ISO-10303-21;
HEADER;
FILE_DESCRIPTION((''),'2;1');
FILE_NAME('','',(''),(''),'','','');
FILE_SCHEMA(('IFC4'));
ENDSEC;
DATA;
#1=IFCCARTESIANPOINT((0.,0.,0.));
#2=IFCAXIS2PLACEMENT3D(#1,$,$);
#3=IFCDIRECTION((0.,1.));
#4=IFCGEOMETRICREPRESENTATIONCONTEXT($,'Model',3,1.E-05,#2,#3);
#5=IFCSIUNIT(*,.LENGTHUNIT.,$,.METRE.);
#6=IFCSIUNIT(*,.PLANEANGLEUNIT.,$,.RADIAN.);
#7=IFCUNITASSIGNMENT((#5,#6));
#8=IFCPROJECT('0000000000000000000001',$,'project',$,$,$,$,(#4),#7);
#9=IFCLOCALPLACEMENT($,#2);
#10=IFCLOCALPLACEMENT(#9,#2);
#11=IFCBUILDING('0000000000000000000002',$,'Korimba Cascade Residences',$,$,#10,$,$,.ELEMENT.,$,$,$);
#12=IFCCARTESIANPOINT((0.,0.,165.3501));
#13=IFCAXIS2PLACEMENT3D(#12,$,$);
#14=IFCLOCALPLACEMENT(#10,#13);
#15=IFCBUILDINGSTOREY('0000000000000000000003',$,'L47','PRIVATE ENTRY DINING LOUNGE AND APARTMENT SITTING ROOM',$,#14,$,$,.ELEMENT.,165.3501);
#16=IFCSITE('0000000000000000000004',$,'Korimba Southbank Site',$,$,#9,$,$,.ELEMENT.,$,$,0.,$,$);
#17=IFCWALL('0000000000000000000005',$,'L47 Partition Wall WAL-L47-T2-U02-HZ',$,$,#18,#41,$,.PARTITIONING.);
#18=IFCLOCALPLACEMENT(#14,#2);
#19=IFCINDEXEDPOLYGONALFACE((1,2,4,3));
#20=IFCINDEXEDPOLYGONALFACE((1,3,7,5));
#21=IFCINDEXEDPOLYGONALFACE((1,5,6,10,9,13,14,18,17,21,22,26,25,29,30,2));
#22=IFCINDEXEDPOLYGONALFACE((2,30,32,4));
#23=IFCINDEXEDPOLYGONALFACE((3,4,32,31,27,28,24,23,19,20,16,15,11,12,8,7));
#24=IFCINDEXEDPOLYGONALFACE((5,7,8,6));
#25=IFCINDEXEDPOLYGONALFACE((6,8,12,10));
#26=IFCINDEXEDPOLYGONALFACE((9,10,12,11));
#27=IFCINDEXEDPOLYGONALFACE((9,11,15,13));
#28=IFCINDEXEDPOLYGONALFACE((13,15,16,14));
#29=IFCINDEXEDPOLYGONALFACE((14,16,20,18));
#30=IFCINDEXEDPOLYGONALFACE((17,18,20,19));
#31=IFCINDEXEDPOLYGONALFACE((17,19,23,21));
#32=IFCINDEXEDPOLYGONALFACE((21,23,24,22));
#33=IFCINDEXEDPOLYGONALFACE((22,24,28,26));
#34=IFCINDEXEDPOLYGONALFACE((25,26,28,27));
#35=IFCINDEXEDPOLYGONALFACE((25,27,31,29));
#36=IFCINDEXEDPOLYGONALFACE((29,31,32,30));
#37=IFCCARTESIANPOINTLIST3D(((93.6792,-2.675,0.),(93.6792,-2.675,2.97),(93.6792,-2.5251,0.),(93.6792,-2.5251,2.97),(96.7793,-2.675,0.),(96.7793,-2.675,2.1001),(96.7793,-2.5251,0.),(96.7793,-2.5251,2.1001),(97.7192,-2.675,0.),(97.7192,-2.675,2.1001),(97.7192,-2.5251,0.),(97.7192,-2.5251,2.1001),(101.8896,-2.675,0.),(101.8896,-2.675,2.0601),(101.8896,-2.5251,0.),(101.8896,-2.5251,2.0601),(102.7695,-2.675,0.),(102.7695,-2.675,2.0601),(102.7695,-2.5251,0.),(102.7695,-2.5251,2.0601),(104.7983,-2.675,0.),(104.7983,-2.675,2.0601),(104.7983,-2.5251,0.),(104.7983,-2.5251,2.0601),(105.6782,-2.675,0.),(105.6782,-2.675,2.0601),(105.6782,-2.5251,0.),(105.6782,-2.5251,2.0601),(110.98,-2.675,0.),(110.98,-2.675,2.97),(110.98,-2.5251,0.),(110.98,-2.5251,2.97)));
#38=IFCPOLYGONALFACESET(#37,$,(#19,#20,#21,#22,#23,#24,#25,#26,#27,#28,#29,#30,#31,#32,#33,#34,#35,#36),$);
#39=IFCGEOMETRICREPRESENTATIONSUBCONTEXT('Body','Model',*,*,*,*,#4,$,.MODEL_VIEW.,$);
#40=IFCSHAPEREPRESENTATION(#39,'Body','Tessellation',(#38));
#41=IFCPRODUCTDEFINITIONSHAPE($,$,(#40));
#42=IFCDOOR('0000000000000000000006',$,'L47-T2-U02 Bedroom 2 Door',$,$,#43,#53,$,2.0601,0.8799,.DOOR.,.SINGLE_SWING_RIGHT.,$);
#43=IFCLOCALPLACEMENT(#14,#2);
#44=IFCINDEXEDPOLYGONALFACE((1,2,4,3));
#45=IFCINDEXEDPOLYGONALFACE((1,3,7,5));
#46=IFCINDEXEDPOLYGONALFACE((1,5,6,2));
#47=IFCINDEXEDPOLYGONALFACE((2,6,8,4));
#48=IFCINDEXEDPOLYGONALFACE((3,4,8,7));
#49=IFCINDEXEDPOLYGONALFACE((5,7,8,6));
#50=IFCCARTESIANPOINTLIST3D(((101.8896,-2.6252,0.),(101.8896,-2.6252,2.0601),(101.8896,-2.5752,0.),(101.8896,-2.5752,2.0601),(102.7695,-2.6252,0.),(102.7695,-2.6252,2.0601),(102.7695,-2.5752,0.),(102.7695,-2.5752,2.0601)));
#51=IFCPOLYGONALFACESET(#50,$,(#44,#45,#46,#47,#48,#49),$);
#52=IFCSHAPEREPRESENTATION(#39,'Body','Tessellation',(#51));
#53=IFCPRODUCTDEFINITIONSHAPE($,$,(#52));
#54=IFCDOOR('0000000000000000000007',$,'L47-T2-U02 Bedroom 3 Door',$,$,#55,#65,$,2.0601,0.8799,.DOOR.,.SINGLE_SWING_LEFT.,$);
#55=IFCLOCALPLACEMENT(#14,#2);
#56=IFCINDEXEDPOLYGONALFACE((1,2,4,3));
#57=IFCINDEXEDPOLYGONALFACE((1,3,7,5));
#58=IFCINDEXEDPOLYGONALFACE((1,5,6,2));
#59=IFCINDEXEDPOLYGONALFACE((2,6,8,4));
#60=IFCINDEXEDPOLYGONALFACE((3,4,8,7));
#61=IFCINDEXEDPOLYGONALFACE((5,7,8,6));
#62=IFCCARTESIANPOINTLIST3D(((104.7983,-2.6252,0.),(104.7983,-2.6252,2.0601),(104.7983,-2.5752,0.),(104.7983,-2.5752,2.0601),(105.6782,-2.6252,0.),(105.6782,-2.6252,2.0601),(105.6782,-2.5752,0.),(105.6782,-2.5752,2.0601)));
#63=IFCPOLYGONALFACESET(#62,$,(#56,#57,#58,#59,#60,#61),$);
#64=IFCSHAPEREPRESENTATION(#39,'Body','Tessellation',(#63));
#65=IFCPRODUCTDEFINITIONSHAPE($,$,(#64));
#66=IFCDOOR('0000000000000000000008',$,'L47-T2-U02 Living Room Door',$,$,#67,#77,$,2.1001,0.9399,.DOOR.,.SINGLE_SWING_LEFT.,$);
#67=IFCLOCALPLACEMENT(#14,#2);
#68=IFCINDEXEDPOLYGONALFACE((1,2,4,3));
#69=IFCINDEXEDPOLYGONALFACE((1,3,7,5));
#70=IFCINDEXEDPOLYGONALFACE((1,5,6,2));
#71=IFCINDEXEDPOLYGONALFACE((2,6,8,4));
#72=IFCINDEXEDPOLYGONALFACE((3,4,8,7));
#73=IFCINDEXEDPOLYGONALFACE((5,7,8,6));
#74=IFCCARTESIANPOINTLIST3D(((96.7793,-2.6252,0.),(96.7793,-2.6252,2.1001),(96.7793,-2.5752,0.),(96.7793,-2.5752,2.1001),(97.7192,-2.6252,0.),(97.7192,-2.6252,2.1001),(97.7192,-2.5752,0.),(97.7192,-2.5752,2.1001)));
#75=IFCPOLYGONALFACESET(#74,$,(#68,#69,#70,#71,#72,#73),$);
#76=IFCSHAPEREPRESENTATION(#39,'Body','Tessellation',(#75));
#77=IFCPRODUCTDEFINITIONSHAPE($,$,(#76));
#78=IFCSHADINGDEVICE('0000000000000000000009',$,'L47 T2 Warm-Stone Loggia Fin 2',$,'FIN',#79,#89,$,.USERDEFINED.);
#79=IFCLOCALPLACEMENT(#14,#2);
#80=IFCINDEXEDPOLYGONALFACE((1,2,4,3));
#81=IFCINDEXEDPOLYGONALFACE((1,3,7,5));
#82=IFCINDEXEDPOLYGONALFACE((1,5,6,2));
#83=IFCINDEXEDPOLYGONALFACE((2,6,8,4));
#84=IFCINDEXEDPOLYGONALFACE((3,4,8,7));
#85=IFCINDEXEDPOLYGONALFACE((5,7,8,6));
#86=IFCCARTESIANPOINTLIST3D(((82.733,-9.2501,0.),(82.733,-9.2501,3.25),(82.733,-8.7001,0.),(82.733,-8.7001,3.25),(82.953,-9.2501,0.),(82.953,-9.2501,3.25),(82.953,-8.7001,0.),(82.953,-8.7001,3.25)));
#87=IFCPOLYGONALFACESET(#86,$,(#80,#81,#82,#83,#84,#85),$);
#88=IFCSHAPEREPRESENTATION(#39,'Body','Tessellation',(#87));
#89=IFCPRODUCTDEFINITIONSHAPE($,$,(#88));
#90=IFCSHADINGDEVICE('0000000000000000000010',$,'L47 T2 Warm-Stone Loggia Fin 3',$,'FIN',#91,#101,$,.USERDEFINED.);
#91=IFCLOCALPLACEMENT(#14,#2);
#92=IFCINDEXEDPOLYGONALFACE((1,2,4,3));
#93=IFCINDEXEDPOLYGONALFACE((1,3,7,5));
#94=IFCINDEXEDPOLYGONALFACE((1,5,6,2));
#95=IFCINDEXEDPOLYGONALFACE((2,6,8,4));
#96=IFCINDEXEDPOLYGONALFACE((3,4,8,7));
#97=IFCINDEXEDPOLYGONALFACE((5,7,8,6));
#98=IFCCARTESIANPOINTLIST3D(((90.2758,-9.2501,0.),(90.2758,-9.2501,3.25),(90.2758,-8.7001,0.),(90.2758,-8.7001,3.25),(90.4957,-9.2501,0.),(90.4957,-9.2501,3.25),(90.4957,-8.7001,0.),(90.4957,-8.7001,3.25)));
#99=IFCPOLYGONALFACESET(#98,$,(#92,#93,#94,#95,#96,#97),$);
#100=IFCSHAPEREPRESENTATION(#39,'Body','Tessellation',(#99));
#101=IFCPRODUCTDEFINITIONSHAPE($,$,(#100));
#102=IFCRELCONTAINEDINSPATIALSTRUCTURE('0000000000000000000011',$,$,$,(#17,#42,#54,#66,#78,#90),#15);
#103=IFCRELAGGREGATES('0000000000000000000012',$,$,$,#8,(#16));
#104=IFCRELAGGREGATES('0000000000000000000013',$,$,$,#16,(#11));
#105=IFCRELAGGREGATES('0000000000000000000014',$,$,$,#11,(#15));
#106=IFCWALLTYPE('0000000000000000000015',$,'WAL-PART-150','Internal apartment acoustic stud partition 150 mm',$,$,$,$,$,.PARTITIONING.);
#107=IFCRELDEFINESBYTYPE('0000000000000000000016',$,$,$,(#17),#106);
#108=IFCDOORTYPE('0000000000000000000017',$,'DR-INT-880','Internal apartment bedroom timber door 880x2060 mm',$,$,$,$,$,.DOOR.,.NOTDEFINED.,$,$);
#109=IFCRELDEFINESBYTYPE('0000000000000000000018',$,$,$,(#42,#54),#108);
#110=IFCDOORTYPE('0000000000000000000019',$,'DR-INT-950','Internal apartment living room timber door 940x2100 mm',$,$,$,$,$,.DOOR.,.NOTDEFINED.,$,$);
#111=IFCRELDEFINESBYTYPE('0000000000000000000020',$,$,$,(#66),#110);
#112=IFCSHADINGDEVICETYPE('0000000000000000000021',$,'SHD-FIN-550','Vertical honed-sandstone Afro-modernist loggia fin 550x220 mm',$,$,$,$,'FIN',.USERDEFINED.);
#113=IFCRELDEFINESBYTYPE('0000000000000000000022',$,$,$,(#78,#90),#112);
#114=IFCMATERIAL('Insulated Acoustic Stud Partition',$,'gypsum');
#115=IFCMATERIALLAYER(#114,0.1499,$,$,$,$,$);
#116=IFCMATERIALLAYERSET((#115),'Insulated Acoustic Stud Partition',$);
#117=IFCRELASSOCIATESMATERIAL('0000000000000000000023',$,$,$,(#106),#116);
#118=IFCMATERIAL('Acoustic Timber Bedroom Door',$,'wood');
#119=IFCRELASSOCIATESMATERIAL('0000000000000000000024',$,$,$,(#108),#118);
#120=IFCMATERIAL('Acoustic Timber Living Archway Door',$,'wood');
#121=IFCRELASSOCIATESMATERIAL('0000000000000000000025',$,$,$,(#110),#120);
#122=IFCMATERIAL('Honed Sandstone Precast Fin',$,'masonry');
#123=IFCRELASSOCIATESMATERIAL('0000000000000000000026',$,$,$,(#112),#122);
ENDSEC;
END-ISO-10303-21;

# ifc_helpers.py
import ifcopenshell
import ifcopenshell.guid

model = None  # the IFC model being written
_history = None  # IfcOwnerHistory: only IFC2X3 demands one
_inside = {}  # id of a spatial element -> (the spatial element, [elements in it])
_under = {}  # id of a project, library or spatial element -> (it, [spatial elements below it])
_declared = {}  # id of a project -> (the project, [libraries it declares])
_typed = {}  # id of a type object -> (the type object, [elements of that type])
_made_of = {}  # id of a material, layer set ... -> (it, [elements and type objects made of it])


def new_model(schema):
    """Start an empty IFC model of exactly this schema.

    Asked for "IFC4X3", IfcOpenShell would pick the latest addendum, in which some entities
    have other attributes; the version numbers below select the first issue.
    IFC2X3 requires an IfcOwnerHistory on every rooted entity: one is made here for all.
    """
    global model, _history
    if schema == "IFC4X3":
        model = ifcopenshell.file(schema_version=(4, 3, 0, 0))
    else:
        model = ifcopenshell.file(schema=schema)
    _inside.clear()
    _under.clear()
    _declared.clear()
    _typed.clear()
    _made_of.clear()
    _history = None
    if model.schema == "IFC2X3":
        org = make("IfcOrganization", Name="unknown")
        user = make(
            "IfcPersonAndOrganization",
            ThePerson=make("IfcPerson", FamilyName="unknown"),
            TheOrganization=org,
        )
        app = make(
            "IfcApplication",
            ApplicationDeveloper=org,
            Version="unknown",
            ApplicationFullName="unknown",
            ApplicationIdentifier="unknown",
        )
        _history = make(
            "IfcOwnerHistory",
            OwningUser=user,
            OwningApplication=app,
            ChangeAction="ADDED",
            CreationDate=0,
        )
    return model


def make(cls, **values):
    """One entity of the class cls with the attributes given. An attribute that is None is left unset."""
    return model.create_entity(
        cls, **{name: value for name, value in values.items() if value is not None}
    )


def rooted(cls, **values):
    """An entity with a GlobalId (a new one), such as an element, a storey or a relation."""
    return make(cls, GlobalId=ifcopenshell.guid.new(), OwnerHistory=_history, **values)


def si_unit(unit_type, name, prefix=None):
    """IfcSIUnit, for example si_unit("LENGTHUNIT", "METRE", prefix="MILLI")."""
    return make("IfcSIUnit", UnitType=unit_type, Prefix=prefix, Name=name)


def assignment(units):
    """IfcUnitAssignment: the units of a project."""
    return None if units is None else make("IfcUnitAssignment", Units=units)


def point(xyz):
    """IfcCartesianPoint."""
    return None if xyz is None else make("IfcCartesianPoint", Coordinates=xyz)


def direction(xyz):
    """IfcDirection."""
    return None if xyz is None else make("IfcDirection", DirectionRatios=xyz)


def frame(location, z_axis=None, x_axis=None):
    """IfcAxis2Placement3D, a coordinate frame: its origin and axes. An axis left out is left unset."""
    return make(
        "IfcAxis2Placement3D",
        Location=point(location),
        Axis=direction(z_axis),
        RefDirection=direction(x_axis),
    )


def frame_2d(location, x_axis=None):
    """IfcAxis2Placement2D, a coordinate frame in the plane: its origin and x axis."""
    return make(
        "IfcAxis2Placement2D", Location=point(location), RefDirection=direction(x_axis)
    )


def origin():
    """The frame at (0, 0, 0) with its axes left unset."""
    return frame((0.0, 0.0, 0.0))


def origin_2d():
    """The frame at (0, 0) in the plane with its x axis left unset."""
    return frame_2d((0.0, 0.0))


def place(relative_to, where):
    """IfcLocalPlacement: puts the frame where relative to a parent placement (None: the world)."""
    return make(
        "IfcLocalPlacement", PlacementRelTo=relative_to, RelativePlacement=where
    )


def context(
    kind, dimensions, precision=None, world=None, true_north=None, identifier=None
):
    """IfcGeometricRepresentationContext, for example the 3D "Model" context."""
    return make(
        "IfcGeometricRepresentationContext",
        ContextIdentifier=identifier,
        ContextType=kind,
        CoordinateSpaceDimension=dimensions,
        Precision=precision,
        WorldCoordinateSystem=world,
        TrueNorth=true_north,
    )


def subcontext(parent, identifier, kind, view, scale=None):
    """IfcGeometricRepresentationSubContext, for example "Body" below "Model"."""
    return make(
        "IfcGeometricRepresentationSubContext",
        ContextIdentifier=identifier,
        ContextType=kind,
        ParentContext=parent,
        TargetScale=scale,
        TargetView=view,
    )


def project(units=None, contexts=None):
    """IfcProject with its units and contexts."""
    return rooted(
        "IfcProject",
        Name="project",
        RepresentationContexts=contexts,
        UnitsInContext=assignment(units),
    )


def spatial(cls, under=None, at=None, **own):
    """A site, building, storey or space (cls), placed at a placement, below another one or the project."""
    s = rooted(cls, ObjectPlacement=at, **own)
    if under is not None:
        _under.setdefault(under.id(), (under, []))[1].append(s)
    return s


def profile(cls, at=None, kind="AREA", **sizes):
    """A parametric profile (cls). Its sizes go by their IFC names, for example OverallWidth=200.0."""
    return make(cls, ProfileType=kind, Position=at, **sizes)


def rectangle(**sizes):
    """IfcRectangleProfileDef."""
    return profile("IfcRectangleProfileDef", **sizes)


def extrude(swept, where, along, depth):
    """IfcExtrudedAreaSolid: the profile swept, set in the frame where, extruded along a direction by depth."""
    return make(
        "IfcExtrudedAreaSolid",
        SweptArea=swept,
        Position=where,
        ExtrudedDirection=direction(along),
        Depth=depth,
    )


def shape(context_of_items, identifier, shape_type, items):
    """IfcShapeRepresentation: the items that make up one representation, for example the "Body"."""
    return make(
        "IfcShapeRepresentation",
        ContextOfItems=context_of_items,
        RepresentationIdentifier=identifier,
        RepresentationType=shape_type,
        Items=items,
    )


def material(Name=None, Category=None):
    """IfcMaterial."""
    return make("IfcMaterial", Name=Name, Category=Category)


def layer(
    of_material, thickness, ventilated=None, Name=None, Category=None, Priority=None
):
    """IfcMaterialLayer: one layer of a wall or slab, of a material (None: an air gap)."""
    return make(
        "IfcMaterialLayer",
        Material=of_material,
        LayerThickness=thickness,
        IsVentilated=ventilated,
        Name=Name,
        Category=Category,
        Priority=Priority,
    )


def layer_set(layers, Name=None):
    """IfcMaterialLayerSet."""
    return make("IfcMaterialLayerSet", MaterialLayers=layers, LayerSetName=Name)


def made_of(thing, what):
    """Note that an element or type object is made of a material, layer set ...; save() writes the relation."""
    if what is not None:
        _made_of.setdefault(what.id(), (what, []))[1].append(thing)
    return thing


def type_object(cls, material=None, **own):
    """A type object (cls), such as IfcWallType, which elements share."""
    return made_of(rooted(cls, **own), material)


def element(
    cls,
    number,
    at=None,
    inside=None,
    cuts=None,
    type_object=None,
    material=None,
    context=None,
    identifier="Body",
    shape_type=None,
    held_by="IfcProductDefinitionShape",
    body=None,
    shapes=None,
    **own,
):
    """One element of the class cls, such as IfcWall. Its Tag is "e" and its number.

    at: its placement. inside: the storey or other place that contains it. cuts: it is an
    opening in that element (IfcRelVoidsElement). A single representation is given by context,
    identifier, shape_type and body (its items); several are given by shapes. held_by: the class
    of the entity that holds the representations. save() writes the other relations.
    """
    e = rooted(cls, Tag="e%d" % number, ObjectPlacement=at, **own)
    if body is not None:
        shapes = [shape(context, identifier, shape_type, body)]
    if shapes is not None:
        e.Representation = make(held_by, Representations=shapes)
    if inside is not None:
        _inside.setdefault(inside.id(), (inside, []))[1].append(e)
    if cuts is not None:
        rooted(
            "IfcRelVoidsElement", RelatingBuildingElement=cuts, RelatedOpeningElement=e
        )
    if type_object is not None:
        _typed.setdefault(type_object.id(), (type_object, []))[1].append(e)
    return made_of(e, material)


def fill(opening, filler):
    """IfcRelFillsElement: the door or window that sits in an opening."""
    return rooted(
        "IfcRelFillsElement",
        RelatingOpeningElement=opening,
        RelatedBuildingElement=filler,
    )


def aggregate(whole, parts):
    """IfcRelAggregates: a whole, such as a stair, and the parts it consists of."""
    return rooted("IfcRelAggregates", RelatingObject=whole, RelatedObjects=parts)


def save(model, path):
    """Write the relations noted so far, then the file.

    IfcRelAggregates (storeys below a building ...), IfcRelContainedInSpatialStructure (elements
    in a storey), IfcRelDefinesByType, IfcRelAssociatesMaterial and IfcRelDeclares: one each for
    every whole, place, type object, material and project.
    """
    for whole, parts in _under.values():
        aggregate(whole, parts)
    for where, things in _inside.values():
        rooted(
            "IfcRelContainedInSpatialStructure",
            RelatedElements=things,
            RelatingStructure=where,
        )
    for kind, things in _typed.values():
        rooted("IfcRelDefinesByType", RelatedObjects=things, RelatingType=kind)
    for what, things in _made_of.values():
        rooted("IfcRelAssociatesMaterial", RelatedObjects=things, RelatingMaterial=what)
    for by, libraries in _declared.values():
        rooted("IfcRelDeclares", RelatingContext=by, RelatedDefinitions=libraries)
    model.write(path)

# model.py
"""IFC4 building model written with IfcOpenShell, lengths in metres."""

from ifc_helpers import new_model, si_unit, direction, frame, frame_2d, origin, origin_2d, place, context, subcontext, project, spatial, rectangle, extrude, material, layer, layer_set, type_object, element, fill, save


model = new_model("IFC4")

# Units and contexts
model_context = context("Model", 3, precision=1e-05, world=origin(), true_north=direction((0.0, 1.0)))
body_context = subcontext(model_context, "Body", "Model", "MODEL_VIEW")
ifc_project = project(units=[si_unit("LENGTHUNIT", "METRE"), si_unit("PLANEANGLEUNIT", "RADIAN")], contexts=[model_context])

# Site, building, storey
site_placement = place(None, origin())
site = spatial("IfcSite", under=ifc_project, at=site_placement, Name="Korimba Southbank Site", CompositionType="ELEMENT", RefElevation=0.0)
building_placement = place(site_placement, origin())
building = spatial("IfcBuilding", under=site, at=building_placement, Name="Korimba Cascade Residences", CompositionType="ELEMENT")
storey_placement = place(building_placement, frame((0.0, 0.0, 165.3501)))
storey = spatial("IfcBuildingStorey", under=building, at=storey_placement, Name="L47", Description="PRIVATE ENTRY DINING LOUNGE AND APARTMENT SITTING ROOM", CompositionType="ELEMENT", Elevation=165.3501)

# Shared definitions
ifc_material_1 = material(Name="Insulated Acoustic Stud Partition", Category="gypsum")
ifc_layer_1 = layer(ifc_material_1, 0.1499)
ifc_layer_set_1 = layer_set([ifc_layer_1], Name="Insulated Acoustic Stud Partition")
wall_type_1 = type_object("IfcWallType", Name="WAL-PART-150", Description="Internal apartment acoustic stud partition 150 mm", PredefinedType="PARTITIONING", material=ifc_layer_set_1)

# Wall, openings, doors
wall_1_placement = place(storey_placement, frame((93.6792, -2.6001, 0.0), z_axis=(0.0, 0.0, 1.0), x_axis=(1.0, 0.0, 0.0)))
wall_1 = element("IfcWall", 1, at=wall_1_placement, inside=storey, type_object=wall_type_1, Name="L47 Partition Wall WAL-L47-T2-U02-HZ", PredefinedType="PARTITIONING", context=body_context, shape_type="SweptSolid", body=[
    extrude(rectangle(XDim=17.3008, YDim=0.1499, at=frame_2d((8.6504, 0.0))), origin(), (0.0, 0.0, 1.0), 2.97),
])
opening_1_placement = place(wall_1_placement, frame((3.1001, 0.0, 0.0)))
opening_1 = element("IfcOpeningElement", 2, at=opening_1_placement, cuts=wall_1, PredefinedType="OPENING", context=body_context, shape_type="SweptSolid", body=[
    extrude(rectangle(XDim=0.9399, YDim=2.1001, at=frame_2d((0.47, 1.05))), frame((0.0, 0.085, 0.0), z_axis=(0.0, -1.0, 0.0), x_axis=(1.0, 0.0, 0.0)), (0.0, 0.0, 1.0), 0.1699),
])
opening_2_placement = place(wall_1_placement, frame((8.2104, 0.0, 0.0)))
opening_2 = element("IfcOpeningElement", 3, at=opening_2_placement, cuts=wall_1, PredefinedType="OPENING", context=body_context, shape_type="SweptSolid", body=[
    extrude(rectangle(XDim=0.8799, YDim=2.0601, at=frame_2d((0.4399, 1.03))), frame((0.0, 0.085, 0.0), z_axis=(0.0, -1.0, 0.0), x_axis=(1.0, 0.0, 0.0)), (0.0, 0.0, 1.0), 0.1699),
])
opening_3_placement = place(wall_1_placement, frame((11.1191, 0.0, 0.0)))
opening_3 = element("IfcOpeningElement", 4, at=opening_3_placement, cuts=wall_1, PredefinedType="OPENING", context=body_context, shape_type="SweptSolid", body=[
    extrude(rectangle(XDim=0.8799, YDim=2.0601, at=frame_2d((0.4399, 1.03))), frame((0.0, 0.085, 0.0), z_axis=(0.0, -1.0, 0.0), x_axis=(1.0, 0.0, 0.0)), (0.0, 0.0, 1.0), 0.1699),
])
ifc_material_2 = material(Name="Acoustic Timber Bedroom Door", Category="wood")
door_type_1 = type_object("IfcDoorType", Name="DR-INT-880", Description="Internal apartment bedroom timber door 880x2060 mm", OperationType="NOTDEFINED", PredefinedType="DOOR", material=ifc_material_2)
door_1_placement = place(opening_2_placement, origin())
door_1 = element("IfcDoor", 5, at=door_1_placement, inside=storey, type_object=door_type_1, Name="L47-T2-U02 Bedroom 2 Door", OperationType="SINGLE_SWING_RIGHT", OverallHeight=2.0601, OverallWidth=0.8799, PredefinedType="DOOR", context=body_context, shape_type="SweptSolid", body=[
    extrude(rectangle(XDim=0.8799, YDim=2.0601, at=frame_2d((0.4399, 1.03))), frame((0.0, 0.0249, 0.0), z_axis=(0.0, -1.0, 0.0), x_axis=(1.0, 0.0, 0.0)), (0.0, 0.0, 1.0), 0.05),
])
fill(opening_2, door_1)
door_2_placement = place(opening_3_placement, origin())
door_2 = element("IfcDoor", 6, at=door_2_placement, inside=storey, type_object=door_type_1, Name="L47-T2-U02 Bedroom 3 Door", OperationType="SINGLE_SWING_LEFT", OverallHeight=2.0601, OverallWidth=0.8799, PredefinedType="DOOR", context=body_context, shape_type="SweptSolid", body=[
    extrude(rectangle(XDim=0.8799, YDim=2.0601, at=frame_2d((0.4399, 1.03))), frame((0.0, 0.0249, 0.0), z_axis=(0.0, -1.0, 0.0), x_axis=(1.0, 0.0, 0.0)), (0.0, 0.0, 1.0), 0.05),
])
fill(opening_3, door_2)
ifc_material_3 = material(Name="Acoustic Timber Living Archway Door", Category="wood")
door_type_2 = type_object("IfcDoorType", Name="DR-INT-950", Description="Internal apartment living room timber door 940x2100 mm", OperationType="NOTDEFINED", PredefinedType="DOOR", material=ifc_material_3)
door_3_placement = place(opening_1_placement, origin())
door_3 = element("IfcDoor", 7, at=door_3_placement, inside=storey, type_object=door_type_2, Name="L47-T2-U02 Living Room Door", OperationType="SINGLE_SWING_LEFT", OverallHeight=2.1001, OverallWidth=0.9399, PredefinedType="DOOR", context=body_context, shape_type="SweptSolid", body=[
    extrude(rectangle(XDim=0.9399, YDim=2.1001, at=frame_2d((0.47, 1.05))), frame((0.0, 0.0249, 0.0), z_axis=(0.0, -1.0, 0.0), x_axis=(1.0, 0.0, 0.0)), (0.0, 0.0, 1.0), 0.05),
])
fill(opening_1, door_3)

# Shading devices
ifc_material_4 = material(Name="Honed Sandstone Precast Fin", Category="masonry")
shading_device_type = type_object("IfcShadingDeviceType", Name="SHD-FIN-550", Description="Vertical honed-sandstone Afro-modernist loggia fin 550x220 mm", ElementType="FIN", PredefinedType="USERDEFINED", material=ifc_material_4)
for number, where, z_axis, x_axis, name in (
    (8, (82.843, -8.9751, 0.0), (0.0, 0.0, 1.0), (1.0, 0.0, 0.0), "L47 T2 Warm-Stone Loggia Fin 2"),
    (9, (90.3857, -8.9751, 0.0), (0.0, 0.0, 1.0), (1.0, 0.0, 0.0), "L47 T2 Warm-Stone Loggia Fin 3"),
):
    element("IfcShadingDevice", number, at=place(storey_placement, frame(where, z_axis=z_axis, x_axis=x_axis)), inside=storey, type_object=shading_device_type, Name=name, ObjectType="FIN", PredefinedType="USERDEFINED", context=body_context, shape_type="SweptSolid", body=[
        extrude(rectangle(XDim=0.22, YDim=0.55, at=origin_2d()), origin(), (0.0, 0.0, 1.0), 3.25),
    ])

save(model, "model.ifc")
